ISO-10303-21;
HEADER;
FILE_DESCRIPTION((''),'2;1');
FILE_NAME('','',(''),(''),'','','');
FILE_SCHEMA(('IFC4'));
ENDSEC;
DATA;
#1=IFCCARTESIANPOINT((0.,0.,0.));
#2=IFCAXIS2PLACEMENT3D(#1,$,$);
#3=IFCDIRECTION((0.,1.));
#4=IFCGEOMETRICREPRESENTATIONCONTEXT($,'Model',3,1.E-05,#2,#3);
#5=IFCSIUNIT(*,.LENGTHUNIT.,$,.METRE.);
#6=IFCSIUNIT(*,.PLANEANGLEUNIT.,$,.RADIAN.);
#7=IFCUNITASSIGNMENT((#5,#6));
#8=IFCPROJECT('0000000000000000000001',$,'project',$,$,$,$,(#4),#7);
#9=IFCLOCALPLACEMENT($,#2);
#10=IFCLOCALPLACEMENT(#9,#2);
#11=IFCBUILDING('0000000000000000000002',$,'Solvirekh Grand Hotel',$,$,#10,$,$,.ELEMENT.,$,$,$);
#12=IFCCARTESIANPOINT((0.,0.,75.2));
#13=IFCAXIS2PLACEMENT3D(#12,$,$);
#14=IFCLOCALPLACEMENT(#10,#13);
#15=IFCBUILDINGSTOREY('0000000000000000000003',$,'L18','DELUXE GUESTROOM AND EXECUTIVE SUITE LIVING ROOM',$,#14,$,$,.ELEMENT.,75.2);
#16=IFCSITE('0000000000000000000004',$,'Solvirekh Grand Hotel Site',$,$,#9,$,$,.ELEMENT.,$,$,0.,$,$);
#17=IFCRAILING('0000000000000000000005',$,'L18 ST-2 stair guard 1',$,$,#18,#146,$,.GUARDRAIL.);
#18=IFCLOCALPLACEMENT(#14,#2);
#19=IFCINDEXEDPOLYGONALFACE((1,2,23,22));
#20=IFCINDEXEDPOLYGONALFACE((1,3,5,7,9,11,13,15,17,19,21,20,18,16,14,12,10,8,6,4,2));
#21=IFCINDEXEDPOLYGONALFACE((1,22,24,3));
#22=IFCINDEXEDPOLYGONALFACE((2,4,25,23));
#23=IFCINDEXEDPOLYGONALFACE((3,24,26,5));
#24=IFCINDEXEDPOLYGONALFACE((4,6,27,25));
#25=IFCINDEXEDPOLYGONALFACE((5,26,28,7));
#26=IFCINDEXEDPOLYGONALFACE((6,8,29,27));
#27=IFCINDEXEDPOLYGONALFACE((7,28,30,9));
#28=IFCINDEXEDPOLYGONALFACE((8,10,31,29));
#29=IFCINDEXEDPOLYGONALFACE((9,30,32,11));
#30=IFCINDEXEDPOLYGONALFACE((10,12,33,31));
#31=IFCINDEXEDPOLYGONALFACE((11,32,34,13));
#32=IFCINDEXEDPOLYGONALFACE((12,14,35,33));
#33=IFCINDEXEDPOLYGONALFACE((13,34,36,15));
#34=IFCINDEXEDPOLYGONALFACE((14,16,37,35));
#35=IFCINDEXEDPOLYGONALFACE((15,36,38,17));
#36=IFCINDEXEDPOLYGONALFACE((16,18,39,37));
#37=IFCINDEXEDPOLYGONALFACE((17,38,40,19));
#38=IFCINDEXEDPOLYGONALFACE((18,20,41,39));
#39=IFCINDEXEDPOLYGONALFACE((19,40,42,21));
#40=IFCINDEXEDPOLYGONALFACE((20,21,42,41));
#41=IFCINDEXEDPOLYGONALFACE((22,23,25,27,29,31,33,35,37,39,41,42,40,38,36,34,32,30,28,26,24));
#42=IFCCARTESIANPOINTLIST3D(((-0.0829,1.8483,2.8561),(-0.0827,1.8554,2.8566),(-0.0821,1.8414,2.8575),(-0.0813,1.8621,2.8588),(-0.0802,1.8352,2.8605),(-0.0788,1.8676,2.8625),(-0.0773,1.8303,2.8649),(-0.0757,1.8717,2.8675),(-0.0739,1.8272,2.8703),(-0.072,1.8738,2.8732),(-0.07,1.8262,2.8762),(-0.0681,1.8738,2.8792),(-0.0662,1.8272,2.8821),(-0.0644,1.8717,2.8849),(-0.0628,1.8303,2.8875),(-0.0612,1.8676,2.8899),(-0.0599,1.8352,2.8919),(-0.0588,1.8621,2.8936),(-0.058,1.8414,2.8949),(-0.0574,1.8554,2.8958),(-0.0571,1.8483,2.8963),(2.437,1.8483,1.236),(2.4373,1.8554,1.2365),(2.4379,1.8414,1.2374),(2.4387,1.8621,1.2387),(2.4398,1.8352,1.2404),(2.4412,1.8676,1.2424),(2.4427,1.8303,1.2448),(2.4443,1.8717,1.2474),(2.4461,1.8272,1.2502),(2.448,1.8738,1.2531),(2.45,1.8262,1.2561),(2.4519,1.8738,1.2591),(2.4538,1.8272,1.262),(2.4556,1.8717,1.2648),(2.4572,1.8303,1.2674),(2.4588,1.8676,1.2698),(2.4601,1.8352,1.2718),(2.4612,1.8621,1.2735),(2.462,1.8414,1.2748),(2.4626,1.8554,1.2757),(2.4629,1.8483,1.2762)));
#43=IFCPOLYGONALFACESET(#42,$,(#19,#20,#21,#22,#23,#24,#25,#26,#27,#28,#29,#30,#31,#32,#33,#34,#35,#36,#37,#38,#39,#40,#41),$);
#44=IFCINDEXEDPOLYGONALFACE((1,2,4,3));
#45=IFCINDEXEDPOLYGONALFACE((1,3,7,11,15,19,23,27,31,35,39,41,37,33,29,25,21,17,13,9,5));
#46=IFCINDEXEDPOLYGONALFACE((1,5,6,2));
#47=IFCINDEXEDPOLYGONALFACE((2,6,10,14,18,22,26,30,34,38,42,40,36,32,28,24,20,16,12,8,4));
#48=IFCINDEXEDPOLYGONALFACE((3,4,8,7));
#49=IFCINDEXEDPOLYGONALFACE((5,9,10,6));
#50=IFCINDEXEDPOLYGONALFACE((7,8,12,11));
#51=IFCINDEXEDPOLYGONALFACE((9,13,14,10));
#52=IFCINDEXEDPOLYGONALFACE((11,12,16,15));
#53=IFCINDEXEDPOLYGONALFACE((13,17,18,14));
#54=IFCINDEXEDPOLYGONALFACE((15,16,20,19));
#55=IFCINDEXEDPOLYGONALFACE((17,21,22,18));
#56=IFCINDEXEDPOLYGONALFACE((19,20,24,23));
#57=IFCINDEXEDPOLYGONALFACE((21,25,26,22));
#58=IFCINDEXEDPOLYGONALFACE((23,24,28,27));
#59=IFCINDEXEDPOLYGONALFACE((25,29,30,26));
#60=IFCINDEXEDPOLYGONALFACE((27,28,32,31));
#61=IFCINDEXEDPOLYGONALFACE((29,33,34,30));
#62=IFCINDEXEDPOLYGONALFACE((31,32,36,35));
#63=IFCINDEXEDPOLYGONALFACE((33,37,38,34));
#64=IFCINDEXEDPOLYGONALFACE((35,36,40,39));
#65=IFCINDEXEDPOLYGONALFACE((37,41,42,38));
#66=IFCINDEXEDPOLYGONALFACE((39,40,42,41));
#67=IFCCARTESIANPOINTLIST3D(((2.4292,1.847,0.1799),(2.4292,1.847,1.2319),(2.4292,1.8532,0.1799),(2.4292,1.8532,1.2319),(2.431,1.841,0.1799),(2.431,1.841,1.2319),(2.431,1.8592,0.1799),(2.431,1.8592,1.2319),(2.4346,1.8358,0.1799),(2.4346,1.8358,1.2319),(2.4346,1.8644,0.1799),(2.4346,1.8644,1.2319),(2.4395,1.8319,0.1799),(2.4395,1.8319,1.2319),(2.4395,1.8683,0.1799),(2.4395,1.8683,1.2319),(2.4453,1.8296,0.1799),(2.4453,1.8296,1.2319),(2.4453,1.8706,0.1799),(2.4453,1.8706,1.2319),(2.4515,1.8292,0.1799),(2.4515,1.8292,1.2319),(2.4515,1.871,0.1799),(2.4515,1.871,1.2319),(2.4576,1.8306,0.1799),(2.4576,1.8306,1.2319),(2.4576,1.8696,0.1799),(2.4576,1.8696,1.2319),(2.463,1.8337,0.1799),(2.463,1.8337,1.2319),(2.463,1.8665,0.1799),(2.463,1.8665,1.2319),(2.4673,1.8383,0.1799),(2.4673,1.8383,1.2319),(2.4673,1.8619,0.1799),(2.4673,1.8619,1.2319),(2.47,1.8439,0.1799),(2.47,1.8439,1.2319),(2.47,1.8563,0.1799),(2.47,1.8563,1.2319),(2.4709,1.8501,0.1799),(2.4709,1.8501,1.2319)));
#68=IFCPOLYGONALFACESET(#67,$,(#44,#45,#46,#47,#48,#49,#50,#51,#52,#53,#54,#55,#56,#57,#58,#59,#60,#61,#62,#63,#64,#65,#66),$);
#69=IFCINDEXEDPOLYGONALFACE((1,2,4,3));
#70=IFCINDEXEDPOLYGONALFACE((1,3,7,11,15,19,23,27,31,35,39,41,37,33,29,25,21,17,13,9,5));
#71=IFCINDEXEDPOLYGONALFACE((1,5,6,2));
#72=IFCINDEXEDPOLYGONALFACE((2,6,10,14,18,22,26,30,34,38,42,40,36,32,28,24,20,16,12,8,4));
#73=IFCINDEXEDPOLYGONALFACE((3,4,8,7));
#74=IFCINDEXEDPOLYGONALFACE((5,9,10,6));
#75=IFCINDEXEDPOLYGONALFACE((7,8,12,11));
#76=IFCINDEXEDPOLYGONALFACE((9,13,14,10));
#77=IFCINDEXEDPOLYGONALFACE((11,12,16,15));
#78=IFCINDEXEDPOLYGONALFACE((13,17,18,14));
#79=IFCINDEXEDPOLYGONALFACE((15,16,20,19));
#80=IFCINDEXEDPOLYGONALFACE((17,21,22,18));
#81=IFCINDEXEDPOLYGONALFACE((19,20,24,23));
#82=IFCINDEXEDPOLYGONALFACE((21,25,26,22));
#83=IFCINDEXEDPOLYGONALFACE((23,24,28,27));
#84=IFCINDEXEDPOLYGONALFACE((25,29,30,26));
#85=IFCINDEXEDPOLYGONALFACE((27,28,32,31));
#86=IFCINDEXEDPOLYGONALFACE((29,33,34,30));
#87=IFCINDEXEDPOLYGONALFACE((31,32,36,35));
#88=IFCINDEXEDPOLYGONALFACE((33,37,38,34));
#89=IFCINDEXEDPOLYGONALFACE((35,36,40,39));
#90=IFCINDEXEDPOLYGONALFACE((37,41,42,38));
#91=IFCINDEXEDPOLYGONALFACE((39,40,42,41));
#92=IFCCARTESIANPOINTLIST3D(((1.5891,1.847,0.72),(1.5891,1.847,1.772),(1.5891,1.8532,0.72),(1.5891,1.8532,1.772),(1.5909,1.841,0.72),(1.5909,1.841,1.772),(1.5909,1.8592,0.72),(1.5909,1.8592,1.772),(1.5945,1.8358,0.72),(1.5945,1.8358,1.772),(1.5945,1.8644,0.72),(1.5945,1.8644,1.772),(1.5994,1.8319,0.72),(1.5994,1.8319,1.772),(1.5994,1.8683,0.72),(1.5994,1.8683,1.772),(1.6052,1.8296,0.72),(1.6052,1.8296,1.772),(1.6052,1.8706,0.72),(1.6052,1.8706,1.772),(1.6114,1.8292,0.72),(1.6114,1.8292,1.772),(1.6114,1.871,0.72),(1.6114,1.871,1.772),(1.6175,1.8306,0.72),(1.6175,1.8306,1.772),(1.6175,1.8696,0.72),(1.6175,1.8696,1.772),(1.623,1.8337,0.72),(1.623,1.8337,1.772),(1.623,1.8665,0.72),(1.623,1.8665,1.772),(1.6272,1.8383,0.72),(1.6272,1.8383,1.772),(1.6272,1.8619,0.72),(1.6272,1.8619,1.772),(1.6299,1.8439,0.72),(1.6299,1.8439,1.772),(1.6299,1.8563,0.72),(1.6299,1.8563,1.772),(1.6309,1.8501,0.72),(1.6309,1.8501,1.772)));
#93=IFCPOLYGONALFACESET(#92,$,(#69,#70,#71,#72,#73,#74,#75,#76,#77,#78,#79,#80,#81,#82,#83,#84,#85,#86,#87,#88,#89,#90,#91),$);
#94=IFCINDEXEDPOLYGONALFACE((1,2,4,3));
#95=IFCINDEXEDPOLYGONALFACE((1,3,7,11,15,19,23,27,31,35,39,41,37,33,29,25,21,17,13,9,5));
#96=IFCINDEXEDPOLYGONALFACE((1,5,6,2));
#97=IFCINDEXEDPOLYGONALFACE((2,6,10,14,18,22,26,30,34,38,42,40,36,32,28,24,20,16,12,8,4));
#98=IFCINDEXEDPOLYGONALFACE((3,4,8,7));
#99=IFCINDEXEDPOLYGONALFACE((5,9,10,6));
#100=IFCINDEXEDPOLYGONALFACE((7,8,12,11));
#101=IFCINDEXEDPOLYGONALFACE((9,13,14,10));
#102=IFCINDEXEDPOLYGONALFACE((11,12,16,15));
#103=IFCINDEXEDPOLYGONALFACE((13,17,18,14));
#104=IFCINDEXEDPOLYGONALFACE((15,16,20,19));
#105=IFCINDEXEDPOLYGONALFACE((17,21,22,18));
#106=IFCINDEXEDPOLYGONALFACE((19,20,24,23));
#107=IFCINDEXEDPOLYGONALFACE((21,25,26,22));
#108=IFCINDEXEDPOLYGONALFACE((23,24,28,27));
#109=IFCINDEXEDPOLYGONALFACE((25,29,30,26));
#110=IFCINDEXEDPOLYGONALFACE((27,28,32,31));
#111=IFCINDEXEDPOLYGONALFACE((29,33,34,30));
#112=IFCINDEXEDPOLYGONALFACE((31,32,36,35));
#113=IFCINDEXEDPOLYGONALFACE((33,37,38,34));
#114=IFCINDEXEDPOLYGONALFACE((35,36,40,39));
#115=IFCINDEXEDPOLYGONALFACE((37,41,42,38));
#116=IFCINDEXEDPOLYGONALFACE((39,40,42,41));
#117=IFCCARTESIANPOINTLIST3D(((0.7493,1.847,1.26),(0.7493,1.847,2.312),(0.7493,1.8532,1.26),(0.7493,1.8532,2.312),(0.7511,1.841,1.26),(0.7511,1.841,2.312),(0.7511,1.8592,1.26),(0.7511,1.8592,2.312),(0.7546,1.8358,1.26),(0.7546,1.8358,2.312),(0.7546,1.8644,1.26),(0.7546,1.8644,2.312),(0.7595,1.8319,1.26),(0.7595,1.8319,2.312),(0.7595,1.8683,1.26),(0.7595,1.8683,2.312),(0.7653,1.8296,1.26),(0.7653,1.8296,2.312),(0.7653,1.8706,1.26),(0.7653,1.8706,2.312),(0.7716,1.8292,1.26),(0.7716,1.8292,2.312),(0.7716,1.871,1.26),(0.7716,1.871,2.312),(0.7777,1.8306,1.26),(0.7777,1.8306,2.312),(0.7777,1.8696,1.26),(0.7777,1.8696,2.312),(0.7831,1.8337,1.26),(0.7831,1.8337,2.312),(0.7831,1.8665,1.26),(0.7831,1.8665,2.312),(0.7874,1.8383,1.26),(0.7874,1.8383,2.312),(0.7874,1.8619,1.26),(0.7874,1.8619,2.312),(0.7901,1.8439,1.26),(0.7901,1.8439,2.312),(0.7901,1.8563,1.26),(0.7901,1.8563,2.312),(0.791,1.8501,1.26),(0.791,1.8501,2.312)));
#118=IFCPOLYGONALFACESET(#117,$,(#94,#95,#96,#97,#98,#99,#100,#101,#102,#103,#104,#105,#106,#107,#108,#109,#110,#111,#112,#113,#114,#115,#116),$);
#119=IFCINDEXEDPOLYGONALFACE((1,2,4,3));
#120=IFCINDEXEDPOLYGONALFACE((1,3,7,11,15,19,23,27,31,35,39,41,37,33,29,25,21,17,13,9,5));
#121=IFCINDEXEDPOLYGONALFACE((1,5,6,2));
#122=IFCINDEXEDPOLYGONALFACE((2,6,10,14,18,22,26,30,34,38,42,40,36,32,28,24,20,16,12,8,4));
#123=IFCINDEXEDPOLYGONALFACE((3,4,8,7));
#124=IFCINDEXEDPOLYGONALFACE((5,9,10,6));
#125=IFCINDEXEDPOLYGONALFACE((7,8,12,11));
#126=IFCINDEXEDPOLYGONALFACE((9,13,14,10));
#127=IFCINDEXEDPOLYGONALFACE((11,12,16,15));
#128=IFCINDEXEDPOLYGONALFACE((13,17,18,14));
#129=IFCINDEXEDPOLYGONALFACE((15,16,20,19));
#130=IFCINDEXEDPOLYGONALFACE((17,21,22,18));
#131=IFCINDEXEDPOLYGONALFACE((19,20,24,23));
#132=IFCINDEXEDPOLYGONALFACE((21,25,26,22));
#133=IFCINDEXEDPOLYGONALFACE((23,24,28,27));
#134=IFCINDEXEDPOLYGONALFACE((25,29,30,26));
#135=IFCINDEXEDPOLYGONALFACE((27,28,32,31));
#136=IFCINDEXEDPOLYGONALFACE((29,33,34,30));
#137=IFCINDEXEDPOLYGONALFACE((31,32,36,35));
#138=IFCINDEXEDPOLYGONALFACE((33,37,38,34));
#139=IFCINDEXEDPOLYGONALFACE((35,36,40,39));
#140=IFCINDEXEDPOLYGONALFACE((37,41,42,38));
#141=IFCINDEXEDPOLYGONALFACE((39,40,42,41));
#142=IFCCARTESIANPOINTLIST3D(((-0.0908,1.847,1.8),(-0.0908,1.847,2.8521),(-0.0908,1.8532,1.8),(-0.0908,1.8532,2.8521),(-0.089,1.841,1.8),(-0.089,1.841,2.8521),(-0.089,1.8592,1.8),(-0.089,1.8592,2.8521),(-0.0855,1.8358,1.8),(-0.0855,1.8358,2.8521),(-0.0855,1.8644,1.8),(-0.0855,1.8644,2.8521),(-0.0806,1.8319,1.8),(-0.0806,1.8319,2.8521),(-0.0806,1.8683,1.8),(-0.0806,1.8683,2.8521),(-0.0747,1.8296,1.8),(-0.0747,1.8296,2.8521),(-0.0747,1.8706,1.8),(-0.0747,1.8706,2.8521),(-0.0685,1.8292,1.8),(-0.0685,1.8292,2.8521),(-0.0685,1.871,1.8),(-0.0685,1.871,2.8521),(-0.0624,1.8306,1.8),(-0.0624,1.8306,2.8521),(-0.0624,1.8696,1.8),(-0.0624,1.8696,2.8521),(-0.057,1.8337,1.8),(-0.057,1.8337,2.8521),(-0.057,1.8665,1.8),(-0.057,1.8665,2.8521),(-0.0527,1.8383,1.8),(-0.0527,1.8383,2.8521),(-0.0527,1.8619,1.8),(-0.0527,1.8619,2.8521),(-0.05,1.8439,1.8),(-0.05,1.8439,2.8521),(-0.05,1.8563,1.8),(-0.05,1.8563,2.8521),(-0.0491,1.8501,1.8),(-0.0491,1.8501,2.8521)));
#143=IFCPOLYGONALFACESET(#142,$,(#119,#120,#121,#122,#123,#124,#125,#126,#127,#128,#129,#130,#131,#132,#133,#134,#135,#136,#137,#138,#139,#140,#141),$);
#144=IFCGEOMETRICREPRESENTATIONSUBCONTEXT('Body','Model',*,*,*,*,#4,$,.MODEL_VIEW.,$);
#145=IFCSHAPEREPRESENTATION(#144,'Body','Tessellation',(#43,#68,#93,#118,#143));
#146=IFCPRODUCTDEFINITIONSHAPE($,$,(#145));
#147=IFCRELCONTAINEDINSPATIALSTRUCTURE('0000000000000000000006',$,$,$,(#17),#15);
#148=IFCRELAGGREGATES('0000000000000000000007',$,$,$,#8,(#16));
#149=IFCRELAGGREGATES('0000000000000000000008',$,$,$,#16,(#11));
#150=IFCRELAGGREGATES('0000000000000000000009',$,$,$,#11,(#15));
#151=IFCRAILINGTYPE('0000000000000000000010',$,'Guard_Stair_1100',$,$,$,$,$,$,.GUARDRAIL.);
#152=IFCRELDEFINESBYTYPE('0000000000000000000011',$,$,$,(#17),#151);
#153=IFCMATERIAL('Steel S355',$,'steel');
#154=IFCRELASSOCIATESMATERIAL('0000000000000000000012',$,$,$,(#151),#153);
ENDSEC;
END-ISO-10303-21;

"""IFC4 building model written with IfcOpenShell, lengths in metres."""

from ifc_helpers import new_model, si_unit, direction, frame, origin, origin_2d, place, context, subcontext, project, spatial, circle, extrude, material, type_object, element, save


model = new_model("IFC4")

# Units and contexts
model_context = context("Model", 3, precision=1e-05, world=origin(), true_north=direction((0.0, 1.0)))
body_context = subcontext(model_context, "Body", "Model", "MODEL_VIEW")
ifc_project = project(units=[si_unit("LENGTHUNIT", "METRE"), si_unit("PLANEANGLEUNIT", "RADIAN")], contexts=[model_context])

# Site, building, storey
site_placement = place(None, origin())
site = spatial("IfcSite", under=ifc_project, at=site_placement, Name="Solvirekh Grand Hotel Site", CompositionType="ELEMENT", RefElevation=0.0)
building_placement = place(site_placement, origin())
building = spatial("IfcBuilding", under=site, at=building_placement, Name="Solvirekh Grand Hotel", CompositionType="ELEMENT")
storey_placement = place(building_placement, frame((0.0, 0.0, 75.2)))
storey = spatial("IfcBuildingStorey", under=building, at=storey_placement, Name="L18", Description="DELUXE GUESTROOM AND EXECUTIVE SUITE LIVING ROOM", CompositionType="ELEMENT", Elevation=75.2)

# Railing
ifc_material_1 = material(Name="Steel S355", Category="steel")
railing_type_1 = type_object("IfcRailingType", Name="Guard_Stair_1100", PredefinedType="GUARDRAIL", material=ifc_material_1)
railing_1_placement = place(storey_placement, frame((2.45, 1.8501, 0.1799)))
element("IfcRailing", 1, at=railing_1_placement, inside=storey, type_object=railing_type_1, Name="L18 ST-2 stair guard 1", PredefinedType="GUARDRAIL", context=body_context, shape_type="SweptSolid", body=[
    extrude(circle(Radius=0.0239, at=origin_2d()), frame((0.0, 0.0, 1.0762), z_axis=(-0.841163, 0.0, 0.540782), x_axis=(0.0, -1.0, 0.0)), (0.0, 0.0, 1.0), 2.9958),
    extrude(circle(Radius=0.021, at=origin_2d()), origin(), (0.0, 0.0, 1.0), 1.052),
    extrude(circle(Radius=0.021, at=origin_2d()), frame((-0.8401, 0.0, 0.54)), (0.0, 0.0, 1.0), 1.052),
    extrude(circle(Radius=0.021, at=origin_2d()), frame((-1.6799, 0.0, 1.0801)), (0.0, 0.0, 1.0), 1.052),
    extrude(circle(Radius=0.021, at=origin_2d()), frame((-2.52, 0.0, 1.6201)), (0.0, 0.0, 1.0), 1.052),
])

save(model, "model.ifc")
